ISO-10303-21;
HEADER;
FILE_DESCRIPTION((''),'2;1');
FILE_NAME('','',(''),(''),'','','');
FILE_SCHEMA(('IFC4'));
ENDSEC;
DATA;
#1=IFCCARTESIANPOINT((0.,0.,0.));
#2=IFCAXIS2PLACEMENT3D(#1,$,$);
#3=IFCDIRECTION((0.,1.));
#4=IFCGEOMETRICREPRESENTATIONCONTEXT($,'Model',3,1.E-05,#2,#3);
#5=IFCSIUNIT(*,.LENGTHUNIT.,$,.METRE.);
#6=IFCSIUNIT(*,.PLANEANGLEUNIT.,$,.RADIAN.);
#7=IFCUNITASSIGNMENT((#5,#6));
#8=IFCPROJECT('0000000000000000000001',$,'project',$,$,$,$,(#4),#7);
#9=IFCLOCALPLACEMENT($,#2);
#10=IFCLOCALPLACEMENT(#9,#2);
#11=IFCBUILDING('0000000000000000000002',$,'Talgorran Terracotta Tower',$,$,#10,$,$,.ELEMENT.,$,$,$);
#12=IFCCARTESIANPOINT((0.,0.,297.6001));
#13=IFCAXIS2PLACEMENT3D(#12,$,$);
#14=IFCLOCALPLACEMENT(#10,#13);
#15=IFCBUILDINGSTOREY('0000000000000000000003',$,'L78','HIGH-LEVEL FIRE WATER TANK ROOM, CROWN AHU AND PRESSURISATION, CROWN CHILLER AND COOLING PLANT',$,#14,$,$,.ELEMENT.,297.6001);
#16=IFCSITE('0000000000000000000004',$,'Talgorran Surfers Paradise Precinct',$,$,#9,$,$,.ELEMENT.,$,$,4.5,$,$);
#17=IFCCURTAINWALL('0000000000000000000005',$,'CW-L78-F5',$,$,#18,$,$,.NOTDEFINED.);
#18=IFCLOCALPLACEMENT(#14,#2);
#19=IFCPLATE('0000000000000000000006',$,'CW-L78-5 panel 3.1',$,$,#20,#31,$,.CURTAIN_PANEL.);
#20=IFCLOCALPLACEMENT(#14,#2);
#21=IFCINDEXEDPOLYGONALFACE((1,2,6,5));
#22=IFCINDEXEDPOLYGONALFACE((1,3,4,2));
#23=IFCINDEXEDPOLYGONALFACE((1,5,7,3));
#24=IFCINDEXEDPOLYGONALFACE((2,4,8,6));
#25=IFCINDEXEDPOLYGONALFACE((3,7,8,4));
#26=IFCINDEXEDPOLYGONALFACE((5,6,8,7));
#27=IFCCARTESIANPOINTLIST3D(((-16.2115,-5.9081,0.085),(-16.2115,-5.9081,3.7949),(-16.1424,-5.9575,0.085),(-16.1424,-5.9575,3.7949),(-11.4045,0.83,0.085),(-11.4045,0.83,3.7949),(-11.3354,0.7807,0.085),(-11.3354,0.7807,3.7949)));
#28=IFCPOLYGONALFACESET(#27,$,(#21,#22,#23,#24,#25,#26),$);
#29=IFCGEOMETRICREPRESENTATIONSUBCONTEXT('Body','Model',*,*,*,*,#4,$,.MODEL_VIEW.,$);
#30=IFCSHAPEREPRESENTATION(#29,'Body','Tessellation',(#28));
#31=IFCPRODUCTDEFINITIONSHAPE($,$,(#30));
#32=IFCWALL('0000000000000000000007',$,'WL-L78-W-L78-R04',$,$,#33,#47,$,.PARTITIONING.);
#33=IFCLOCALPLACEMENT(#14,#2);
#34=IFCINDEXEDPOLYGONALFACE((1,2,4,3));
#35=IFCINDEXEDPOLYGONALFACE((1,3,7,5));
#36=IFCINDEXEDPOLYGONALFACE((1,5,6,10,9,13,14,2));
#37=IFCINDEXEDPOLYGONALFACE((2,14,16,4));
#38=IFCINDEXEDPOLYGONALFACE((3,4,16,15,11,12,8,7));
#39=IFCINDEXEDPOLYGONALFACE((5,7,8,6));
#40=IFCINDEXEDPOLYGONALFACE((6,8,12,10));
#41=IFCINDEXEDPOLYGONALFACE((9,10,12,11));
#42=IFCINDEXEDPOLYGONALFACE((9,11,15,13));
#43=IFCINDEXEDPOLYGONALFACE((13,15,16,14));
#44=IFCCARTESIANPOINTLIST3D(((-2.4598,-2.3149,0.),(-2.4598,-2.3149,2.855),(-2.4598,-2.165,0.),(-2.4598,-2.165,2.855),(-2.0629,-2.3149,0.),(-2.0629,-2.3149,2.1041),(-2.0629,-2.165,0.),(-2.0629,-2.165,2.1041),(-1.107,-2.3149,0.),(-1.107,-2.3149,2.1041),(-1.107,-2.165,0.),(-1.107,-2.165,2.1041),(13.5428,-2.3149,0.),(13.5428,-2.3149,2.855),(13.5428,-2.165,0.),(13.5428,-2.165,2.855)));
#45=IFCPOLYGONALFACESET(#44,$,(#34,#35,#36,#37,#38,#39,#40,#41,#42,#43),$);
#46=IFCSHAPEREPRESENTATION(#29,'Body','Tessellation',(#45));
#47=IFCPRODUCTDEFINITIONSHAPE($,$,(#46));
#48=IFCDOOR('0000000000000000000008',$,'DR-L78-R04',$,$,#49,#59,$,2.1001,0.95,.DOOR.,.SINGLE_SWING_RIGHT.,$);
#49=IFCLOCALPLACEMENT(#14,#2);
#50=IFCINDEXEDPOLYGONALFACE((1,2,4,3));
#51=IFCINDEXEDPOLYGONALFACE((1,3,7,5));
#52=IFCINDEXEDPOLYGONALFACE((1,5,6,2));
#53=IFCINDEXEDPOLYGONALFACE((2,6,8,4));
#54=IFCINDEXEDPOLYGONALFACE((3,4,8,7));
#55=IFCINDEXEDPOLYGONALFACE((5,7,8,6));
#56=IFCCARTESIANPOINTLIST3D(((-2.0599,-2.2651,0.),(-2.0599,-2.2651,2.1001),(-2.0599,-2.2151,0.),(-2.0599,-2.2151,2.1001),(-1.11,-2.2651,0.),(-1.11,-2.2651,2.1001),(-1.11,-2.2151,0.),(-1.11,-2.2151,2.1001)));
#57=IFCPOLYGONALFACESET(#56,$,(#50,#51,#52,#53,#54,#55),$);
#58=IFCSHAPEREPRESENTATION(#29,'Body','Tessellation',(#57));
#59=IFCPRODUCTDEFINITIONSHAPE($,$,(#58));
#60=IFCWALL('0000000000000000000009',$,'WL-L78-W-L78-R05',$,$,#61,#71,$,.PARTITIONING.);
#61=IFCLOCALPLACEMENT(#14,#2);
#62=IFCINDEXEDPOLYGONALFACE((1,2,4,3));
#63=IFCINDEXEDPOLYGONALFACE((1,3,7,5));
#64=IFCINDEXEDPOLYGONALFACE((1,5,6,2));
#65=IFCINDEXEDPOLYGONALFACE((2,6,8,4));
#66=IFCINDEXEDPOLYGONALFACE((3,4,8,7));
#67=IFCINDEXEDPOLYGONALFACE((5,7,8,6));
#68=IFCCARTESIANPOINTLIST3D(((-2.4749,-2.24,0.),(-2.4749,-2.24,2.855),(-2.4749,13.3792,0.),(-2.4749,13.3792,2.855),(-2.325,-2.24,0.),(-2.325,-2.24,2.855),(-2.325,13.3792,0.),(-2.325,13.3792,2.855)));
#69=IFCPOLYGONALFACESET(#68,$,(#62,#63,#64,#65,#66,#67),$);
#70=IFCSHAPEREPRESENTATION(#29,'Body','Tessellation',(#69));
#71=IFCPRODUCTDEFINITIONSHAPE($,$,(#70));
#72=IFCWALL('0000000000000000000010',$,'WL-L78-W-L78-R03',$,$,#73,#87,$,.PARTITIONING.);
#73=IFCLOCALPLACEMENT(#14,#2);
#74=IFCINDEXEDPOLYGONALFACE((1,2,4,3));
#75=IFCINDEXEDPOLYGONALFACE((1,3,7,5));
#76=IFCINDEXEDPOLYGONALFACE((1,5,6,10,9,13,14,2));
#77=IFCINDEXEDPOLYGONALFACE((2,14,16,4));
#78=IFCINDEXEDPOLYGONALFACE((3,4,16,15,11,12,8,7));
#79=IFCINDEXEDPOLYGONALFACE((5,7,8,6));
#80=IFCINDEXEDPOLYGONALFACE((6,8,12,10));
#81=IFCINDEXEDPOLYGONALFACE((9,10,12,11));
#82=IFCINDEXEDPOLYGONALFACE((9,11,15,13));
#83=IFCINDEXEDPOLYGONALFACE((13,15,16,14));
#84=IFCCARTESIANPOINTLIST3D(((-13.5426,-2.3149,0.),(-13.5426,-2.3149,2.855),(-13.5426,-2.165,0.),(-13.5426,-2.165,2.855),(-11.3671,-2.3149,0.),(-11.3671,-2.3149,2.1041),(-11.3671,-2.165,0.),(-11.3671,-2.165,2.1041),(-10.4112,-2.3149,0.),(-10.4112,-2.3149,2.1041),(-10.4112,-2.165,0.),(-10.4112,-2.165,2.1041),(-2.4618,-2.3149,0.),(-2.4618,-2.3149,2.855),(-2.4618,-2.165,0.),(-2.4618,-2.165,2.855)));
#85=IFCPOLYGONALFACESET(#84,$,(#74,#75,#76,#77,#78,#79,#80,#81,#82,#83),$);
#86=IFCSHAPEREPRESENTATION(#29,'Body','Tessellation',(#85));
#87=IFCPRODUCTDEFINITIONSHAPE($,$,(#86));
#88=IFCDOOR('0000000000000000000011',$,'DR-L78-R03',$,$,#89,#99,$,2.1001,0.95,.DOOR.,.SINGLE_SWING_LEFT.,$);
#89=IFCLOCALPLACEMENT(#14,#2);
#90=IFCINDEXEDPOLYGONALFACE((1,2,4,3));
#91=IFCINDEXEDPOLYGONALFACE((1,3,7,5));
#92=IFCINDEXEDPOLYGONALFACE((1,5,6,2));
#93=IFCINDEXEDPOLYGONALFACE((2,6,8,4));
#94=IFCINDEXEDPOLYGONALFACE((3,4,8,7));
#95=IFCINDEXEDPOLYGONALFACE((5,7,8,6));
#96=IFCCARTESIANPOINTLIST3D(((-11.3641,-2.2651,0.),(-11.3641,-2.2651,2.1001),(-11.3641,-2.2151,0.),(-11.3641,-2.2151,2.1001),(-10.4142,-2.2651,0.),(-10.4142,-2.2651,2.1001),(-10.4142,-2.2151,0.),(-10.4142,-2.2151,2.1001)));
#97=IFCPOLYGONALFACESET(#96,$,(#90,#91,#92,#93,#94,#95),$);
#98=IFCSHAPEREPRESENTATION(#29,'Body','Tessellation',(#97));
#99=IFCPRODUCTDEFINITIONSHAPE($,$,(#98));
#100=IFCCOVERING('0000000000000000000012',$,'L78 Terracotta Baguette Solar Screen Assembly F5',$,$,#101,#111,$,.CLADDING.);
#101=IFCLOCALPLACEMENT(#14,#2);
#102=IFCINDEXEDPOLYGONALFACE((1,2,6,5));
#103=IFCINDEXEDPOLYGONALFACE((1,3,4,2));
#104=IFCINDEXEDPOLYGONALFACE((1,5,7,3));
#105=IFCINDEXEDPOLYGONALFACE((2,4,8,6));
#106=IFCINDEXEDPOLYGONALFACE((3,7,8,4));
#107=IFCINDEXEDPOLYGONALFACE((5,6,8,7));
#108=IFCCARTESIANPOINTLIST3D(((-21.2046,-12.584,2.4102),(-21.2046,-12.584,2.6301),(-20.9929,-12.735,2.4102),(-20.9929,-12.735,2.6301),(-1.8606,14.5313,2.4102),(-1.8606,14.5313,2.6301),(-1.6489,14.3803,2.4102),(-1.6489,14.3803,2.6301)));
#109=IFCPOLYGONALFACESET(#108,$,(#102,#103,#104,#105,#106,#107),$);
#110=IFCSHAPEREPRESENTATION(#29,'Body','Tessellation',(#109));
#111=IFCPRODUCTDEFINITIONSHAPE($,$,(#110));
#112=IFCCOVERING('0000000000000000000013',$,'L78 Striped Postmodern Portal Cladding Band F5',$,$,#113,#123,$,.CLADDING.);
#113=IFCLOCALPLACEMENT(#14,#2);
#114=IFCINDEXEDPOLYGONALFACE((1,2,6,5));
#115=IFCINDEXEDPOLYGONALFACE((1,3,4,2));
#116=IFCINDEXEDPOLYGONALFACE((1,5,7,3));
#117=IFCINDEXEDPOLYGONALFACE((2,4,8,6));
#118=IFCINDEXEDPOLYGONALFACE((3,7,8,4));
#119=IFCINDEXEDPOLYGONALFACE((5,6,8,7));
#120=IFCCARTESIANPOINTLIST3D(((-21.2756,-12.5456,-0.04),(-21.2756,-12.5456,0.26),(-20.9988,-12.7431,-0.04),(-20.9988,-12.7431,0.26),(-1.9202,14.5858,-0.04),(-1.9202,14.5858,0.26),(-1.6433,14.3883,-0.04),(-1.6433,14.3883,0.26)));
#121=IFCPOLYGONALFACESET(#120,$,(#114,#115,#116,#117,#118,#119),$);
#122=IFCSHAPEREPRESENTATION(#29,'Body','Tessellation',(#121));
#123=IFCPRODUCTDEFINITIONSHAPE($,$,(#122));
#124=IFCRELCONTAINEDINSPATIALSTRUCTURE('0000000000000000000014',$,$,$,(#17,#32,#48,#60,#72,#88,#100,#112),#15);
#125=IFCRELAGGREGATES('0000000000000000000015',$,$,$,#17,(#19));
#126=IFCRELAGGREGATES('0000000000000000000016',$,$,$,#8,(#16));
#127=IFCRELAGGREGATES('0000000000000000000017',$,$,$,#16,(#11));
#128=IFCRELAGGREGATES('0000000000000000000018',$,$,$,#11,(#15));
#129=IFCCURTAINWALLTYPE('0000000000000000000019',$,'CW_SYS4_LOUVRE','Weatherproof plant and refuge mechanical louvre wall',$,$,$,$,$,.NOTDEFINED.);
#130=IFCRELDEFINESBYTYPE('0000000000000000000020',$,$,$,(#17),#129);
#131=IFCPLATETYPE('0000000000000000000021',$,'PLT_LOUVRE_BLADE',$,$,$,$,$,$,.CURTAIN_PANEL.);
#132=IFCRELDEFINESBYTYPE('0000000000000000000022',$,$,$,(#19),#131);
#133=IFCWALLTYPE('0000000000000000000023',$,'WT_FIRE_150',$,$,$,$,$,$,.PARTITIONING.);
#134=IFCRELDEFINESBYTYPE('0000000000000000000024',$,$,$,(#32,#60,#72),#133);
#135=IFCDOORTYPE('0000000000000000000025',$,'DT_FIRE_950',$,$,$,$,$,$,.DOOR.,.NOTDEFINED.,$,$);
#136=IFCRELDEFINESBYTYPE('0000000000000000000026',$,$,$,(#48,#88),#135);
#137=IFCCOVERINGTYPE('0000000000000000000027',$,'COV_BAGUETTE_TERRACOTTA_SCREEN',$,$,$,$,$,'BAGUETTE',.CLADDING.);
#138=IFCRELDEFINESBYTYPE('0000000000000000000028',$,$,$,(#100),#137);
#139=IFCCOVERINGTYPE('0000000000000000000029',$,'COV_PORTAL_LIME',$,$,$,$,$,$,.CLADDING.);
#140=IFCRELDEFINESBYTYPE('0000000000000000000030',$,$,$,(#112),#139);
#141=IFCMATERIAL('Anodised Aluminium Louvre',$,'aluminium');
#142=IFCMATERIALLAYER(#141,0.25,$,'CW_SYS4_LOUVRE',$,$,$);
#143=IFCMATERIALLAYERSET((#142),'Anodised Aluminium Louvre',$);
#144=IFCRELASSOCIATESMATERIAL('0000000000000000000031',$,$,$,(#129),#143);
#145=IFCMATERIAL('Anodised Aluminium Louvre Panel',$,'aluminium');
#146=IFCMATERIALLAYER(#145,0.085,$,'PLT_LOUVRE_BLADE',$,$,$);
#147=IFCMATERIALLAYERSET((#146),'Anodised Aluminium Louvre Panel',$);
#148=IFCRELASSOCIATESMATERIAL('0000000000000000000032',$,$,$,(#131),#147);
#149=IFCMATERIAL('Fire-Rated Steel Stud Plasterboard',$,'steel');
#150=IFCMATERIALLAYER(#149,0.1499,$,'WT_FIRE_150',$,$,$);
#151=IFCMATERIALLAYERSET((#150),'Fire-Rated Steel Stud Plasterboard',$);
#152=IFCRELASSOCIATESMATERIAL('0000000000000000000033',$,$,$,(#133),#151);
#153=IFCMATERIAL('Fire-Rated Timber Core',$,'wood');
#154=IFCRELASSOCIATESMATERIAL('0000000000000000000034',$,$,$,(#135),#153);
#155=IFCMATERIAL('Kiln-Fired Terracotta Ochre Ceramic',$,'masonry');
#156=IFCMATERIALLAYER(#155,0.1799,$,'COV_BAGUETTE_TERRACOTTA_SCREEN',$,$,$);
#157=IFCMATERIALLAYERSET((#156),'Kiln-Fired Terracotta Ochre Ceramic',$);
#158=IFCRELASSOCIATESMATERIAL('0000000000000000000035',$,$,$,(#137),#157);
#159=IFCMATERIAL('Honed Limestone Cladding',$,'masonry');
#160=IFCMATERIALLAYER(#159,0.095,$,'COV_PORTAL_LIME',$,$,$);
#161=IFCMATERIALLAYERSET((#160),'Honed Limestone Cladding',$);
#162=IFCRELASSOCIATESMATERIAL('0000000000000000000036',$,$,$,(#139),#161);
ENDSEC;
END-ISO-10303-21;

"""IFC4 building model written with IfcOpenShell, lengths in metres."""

from ifc_helpers import new_model, si_unit, direction, frame, frame_2d, origin, origin_2d, place, context, subcontext, project, spatial, rectangle, extrude, source, transform, mapped, material, layer, layer_set, type_object, element, fill, aggregate, save


model = new_model("IFC4")

# Units and contexts
model_context = context("Model", 3, precision=1e-05, world=origin(), true_north=direction((0.0, 1.0)))
body_context = subcontext(model_context, "Body", "Model", "MODEL_VIEW")
ifc_project = project(units=[si_unit("LENGTHUNIT", "METRE"), si_unit("PLANEANGLEUNIT", "RADIAN")], contexts=[model_context])

# Site, building, storey
site_placement = place(None, origin())
site = spatial("IfcSite", under=ifc_project, at=site_placement, Name="Talgorran Surfers Paradise Precinct", CompositionType="ELEMENT", RefElevation=4.5)
building_placement = place(site_placement, origin())
building = spatial("IfcBuilding", under=site, at=building_placement, Name="Talgorran Terracotta Tower", CompositionType="ELEMENT")
storey_placement = place(building_placement, frame((0.0, 0.0, 297.6001)))
storey = spatial("IfcBuildingStorey", under=building, at=storey_placement, Name="L78", Description="HIGH-LEVEL FIRE WATER TANK ROOM, CROWN AHU AND PRESSURISATION, CROWN CHILLER AND COOLING PLANT", CompositionType="ELEMENT", Elevation=297.6001)

# Shared definitions
ifc_material_1 = material(Name="Anodised Aluminium Louvre", Category="aluminium")
ifc_layer_1 = layer(ifc_material_1, 0.25, Name="CW_SYS4_LOUVRE")
ifc_layer_set_1 = layer_set([ifc_layer_1], Name="Anodised Aluminium Louvre")
curtain_wall_type = type_object("IfcCurtainWallType", Name="CW_SYS4_LOUVRE", Description="Weatherproof plant and refuge mechanical louvre wall", PredefinedType="NOTDEFINED", material=ifc_layer_set_1)

# Curtain wall
curtain_wall_1_placement = place(storey_placement, origin())
curtain_wall_1 = element("IfcCurtainWall", 1, at=curtain_wall_1_placement, inside=storey, type_object=curtain_wall_type, Name="CW-L78-F5", PredefinedType="NOTDEFINED")

# Plate
ifc_material_2 = material(Name="Anodised Aluminium Louvre Panel", Category="aluminium")
ifc_layer_2 = layer(ifc_material_2, 0.085, Name="PLT_LOUVRE_BLADE")
ifc_layer_set_2 = layer_set([ifc_layer_2], Name="Anodised Aluminium Louvre Panel")
plate_type = type_object("IfcPlateType", Name="PLT_LOUVRE_BLADE", PredefinedType="CURTAIN_PANEL", material=ifc_layer_set_2)
shared_shape_1 = source(origin(), body_context, "Body", "SweptSolid", [
    extrude(rectangle(XDim=8.2771, YDim=0.085, at=origin_2d()), origin(), (0.0, 0.0, 1.0), 3.71),
])
plate_1_placement = place(storey_placement, frame((-13.7734, -2.5637, 0.085), z_axis=(0.0, 0.0, 1.0), x_axis=(-0.580758, -0.814076, 0.0)))
plate_1 = element("IfcPlate", 2, at=plate_1_placement, type_object=plate_type, Name="CW-L78-5 panel 3.1", PredefinedType="CURTAIN_PANEL", context=body_context, shape_type="MappedRepresentation", body=[
    mapped(shared_shape_1, transform((0.0, 0.0, 0.0), scale=1.0)),
])
aggregate(curtain_wall_1, [plate_1])

# Wall, opening, door
ifc_material_3 = material(Name="Fire-Rated Steel Stud Plasterboard", Category="steel")
ifc_layer_3 = layer(ifc_material_3, 0.1499, Name="WT_FIRE_150")
ifc_layer_set_3 = layer_set([ifc_layer_3], Name="Fire-Rated Steel Stud Plasterboard")
wall_type = type_object("IfcWallType", Name="WT_FIRE_150", PredefinedType="PARTITIONING", material=ifc_layer_set_3)
wall_1_placement = place(storey_placement, frame((-2.46, -2.24, 0.0), z_axis=(0.0, 0.0, 1.0), x_axis=(1.0, 0.0, 0.0)))
wall_1 = element("IfcWall", 3, at=wall_1_placement, inside=storey, type_object=wall_type, Name="WL-L78-W-L78-R04", PredefinedType="PARTITIONING", context=body_context, shape_type="SweptSolid", body=[
    extrude(rectangle(XDim=16.0027, YDim=0.1499, at=frame_2d((8.0015, 0.0))), origin(), (0.0, 0.0, 1.0), 2.855),
])
opening_1_placement = place(wall_1_placement, frame((0.3999, 0.0, 0.0)))
opening_1 = element("IfcOpeningElement", 4, at=opening_1_placement, cuts=wall_1, PredefinedType="OPENING", context=body_context, shape_type="SweptSolid", body=[
    extrude(rectangle(XDim=0.956, YDim=2.1041, at=frame_2d((0.4751, 1.052))), frame((0.0, 0.085, 0.0), z_axis=(0.0, -1.0, 0.0), x_axis=(1.0, 0.0, 0.0)), (0.0, 0.0, 1.0), 0.1699),
])
ifc_material_4 = material(Name="Fire-Rated Timber Core", Category="wood")
door_type = type_object("IfcDoorType", Name="DT_FIRE_950", OperationType="NOTDEFINED", PredefinedType="DOOR", material=ifc_material_4)
door_1_placement = place(opening_1_placement, origin())
door_1 = element("IfcDoor", 5, at=door_1_placement, inside=storey, type_object=door_type, Name="DR-L78-R04", OperationType="SINGLE_SWING_RIGHT", OverallHeight=2.1001, OverallWidth=0.95, PredefinedType="DOOR", context=body_context, shape_type="SweptSolid", body=[
    extrude(rectangle(XDim=0.95, YDim=2.1001, at=frame_2d((0.4751, 1.05))), frame((0.0, 0.0249, 0.0), z_axis=(0.0, -1.0, 0.0), x_axis=(1.0, 0.0, 0.0)), (0.0, 0.0, 1.0), 0.05),
])
fill(opening_1, door_1)

# Wall
wall_2_placement = place(storey_placement, frame((-2.3999, -2.24, 0.0), z_axis=(0.0, 0.0, 1.0), x_axis=(0.0, 1.0, 0.0)))
element("IfcWall", 6, at=wall_2_placement, inside=storey, type_object=wall_type, Name="WL-L78-W-L78-R05", PredefinedType="PARTITIONING", context=body_context, shape_type="SweptSolid", body=[
    extrude(rectangle(XDim=15.6191, YDim=0.1499, at=frame_2d((7.8096, 0.0))), origin(), (0.0, 0.0, 1.0), 2.855),
])

# Wall, opening, door
wall_3_placement = place(storey_placement, frame((-13.5427, -2.24, 0.0), z_axis=(0.0, 0.0, 1.0), x_axis=(1.0, 0.0, 0.0)))
wall_3 = element("IfcWall", 7, at=wall_3_placement, inside=storey, type_object=wall_type, Name="WL-L78-W-L78-R03", PredefinedType="PARTITIONING", context=body_context, shape_type="SweptSolid", body=[
    extrude(rectangle(XDim=11.0808, YDim=0.1499, at=frame_2d((5.5405, 0.0))), origin(), (0.0, 0.0, 1.0), 2.855),
])
opening_2_placement = place(wall_3_placement, frame((2.1785, 0.0, 0.0)))
opening_2 = element("IfcOpeningElement", 8, at=opening_2_placement, cuts=wall_3, PredefinedType="OPENING", context=body_context, shape_type="SweptSolid", body=[
    extrude(rectangle(XDim=0.956, YDim=2.1041, at=frame_2d((0.4751, 1.052))), frame((0.0, 0.085, 0.0), z_axis=(0.0, -1.0, 0.0), x_axis=(1.0, 0.0, 0.0)), (0.0, 0.0, 1.0), 0.1699),
])
door_2_placement = place(opening_2_placement, origin())
door_2 = element("IfcDoor", 9, at=door_2_placement, inside=storey, type_object=door_type, Name="DR-L78-R03", OperationType="SINGLE_SWING_LEFT", OverallHeight=2.1001, OverallWidth=0.95, PredefinedType="DOOR", context=body_context, shape_type="SweptSolid", body=[
    extrude(rectangle(XDim=0.95, YDim=2.1001, at=frame_2d((0.4751, 1.05))), frame((0.0, 0.0249, 0.0), z_axis=(0.0, -1.0, 0.0), x_axis=(1.0, 0.0, 0.0)), (0.0, 0.0, 1.0), 0.05),
])
fill(opening_2, door_2)

# Coverings
ifc_material_5 = material(Name="Kiln-Fired Terracotta Ochre Ceramic", Category="masonry")
ifc_layer_4 = layer(ifc_material_5, 0.1799, Name="COV_BAGUETTE_TERRACOTTA_SCREEN")
ifc_layer_set_4 = layer_set([ifc_layer_4], Name="Kiln-Fired Terracotta Ochre Ceramic")
covering_type_1 = type_object("IfcCoveringType", Name="COV_BAGUETTE_TERRACOTTA_SCREEN", ElementType="BAGUETTE", PredefinedType="CLADDING", material=ifc_layer_set_4)
covering_1_placement = place(storey_placement, frame((-11.4268, 0.8982, 2.4102), z_axis=(0.0, 0.0, 1.0), x_axis=(-0.58076, -0.814075, 0.0)))
element("IfcCovering", 10, at=covering_1_placement, inside=storey, type_object=covering_type_1, Name="L78 Terracotta Baguette Solar Screen Assembly F5", PredefinedType="CLADDING", context=body_context, shape_type="SweptSolid", body=[
    extrude(rectangle(XDim=33.3081, YDim=0.26, at=origin_2d()), origin(), (0.0, 0.0, 1.0), 0.22),
])
ifc_material_6 = material(Name="Honed Limestone Cladding", Category="masonry")
ifc_layer_5 = layer(ifc_material_6, 0.095, Name="COV_PORTAL_LIME")
ifc_layer_set_5 = layer_set([ifc_layer_5], Name="Honed Limestone Cladding")
covering_type_2 = type_object("IfcCoveringType", Name="COV_PORTAL_LIME", PredefinedType="CLADDING", material=ifc_layer_set_5)
covering_2_placement = place(storey_placement, frame((-11.4595, 0.9214, -0.04), z_axis=(0.0, 0.0, 1.0), x_axis=(-0.58076, -0.814075, 0.0)))
element("IfcCovering", 11, at=covering_2_placement, inside=storey, type_object=covering_type_2, Name="L78 Striped Postmodern Portal Cladding Band F5", PredefinedType="CLADDING", context=body_context, shape_type="SweptSolid", body=[
    extrude(rectangle(XDim=33.3279, YDim=0.3401, at=origin_2d()), origin(), (0.0, 0.0, 1.0), 0.3),
])

save(model, "model.ifc")
